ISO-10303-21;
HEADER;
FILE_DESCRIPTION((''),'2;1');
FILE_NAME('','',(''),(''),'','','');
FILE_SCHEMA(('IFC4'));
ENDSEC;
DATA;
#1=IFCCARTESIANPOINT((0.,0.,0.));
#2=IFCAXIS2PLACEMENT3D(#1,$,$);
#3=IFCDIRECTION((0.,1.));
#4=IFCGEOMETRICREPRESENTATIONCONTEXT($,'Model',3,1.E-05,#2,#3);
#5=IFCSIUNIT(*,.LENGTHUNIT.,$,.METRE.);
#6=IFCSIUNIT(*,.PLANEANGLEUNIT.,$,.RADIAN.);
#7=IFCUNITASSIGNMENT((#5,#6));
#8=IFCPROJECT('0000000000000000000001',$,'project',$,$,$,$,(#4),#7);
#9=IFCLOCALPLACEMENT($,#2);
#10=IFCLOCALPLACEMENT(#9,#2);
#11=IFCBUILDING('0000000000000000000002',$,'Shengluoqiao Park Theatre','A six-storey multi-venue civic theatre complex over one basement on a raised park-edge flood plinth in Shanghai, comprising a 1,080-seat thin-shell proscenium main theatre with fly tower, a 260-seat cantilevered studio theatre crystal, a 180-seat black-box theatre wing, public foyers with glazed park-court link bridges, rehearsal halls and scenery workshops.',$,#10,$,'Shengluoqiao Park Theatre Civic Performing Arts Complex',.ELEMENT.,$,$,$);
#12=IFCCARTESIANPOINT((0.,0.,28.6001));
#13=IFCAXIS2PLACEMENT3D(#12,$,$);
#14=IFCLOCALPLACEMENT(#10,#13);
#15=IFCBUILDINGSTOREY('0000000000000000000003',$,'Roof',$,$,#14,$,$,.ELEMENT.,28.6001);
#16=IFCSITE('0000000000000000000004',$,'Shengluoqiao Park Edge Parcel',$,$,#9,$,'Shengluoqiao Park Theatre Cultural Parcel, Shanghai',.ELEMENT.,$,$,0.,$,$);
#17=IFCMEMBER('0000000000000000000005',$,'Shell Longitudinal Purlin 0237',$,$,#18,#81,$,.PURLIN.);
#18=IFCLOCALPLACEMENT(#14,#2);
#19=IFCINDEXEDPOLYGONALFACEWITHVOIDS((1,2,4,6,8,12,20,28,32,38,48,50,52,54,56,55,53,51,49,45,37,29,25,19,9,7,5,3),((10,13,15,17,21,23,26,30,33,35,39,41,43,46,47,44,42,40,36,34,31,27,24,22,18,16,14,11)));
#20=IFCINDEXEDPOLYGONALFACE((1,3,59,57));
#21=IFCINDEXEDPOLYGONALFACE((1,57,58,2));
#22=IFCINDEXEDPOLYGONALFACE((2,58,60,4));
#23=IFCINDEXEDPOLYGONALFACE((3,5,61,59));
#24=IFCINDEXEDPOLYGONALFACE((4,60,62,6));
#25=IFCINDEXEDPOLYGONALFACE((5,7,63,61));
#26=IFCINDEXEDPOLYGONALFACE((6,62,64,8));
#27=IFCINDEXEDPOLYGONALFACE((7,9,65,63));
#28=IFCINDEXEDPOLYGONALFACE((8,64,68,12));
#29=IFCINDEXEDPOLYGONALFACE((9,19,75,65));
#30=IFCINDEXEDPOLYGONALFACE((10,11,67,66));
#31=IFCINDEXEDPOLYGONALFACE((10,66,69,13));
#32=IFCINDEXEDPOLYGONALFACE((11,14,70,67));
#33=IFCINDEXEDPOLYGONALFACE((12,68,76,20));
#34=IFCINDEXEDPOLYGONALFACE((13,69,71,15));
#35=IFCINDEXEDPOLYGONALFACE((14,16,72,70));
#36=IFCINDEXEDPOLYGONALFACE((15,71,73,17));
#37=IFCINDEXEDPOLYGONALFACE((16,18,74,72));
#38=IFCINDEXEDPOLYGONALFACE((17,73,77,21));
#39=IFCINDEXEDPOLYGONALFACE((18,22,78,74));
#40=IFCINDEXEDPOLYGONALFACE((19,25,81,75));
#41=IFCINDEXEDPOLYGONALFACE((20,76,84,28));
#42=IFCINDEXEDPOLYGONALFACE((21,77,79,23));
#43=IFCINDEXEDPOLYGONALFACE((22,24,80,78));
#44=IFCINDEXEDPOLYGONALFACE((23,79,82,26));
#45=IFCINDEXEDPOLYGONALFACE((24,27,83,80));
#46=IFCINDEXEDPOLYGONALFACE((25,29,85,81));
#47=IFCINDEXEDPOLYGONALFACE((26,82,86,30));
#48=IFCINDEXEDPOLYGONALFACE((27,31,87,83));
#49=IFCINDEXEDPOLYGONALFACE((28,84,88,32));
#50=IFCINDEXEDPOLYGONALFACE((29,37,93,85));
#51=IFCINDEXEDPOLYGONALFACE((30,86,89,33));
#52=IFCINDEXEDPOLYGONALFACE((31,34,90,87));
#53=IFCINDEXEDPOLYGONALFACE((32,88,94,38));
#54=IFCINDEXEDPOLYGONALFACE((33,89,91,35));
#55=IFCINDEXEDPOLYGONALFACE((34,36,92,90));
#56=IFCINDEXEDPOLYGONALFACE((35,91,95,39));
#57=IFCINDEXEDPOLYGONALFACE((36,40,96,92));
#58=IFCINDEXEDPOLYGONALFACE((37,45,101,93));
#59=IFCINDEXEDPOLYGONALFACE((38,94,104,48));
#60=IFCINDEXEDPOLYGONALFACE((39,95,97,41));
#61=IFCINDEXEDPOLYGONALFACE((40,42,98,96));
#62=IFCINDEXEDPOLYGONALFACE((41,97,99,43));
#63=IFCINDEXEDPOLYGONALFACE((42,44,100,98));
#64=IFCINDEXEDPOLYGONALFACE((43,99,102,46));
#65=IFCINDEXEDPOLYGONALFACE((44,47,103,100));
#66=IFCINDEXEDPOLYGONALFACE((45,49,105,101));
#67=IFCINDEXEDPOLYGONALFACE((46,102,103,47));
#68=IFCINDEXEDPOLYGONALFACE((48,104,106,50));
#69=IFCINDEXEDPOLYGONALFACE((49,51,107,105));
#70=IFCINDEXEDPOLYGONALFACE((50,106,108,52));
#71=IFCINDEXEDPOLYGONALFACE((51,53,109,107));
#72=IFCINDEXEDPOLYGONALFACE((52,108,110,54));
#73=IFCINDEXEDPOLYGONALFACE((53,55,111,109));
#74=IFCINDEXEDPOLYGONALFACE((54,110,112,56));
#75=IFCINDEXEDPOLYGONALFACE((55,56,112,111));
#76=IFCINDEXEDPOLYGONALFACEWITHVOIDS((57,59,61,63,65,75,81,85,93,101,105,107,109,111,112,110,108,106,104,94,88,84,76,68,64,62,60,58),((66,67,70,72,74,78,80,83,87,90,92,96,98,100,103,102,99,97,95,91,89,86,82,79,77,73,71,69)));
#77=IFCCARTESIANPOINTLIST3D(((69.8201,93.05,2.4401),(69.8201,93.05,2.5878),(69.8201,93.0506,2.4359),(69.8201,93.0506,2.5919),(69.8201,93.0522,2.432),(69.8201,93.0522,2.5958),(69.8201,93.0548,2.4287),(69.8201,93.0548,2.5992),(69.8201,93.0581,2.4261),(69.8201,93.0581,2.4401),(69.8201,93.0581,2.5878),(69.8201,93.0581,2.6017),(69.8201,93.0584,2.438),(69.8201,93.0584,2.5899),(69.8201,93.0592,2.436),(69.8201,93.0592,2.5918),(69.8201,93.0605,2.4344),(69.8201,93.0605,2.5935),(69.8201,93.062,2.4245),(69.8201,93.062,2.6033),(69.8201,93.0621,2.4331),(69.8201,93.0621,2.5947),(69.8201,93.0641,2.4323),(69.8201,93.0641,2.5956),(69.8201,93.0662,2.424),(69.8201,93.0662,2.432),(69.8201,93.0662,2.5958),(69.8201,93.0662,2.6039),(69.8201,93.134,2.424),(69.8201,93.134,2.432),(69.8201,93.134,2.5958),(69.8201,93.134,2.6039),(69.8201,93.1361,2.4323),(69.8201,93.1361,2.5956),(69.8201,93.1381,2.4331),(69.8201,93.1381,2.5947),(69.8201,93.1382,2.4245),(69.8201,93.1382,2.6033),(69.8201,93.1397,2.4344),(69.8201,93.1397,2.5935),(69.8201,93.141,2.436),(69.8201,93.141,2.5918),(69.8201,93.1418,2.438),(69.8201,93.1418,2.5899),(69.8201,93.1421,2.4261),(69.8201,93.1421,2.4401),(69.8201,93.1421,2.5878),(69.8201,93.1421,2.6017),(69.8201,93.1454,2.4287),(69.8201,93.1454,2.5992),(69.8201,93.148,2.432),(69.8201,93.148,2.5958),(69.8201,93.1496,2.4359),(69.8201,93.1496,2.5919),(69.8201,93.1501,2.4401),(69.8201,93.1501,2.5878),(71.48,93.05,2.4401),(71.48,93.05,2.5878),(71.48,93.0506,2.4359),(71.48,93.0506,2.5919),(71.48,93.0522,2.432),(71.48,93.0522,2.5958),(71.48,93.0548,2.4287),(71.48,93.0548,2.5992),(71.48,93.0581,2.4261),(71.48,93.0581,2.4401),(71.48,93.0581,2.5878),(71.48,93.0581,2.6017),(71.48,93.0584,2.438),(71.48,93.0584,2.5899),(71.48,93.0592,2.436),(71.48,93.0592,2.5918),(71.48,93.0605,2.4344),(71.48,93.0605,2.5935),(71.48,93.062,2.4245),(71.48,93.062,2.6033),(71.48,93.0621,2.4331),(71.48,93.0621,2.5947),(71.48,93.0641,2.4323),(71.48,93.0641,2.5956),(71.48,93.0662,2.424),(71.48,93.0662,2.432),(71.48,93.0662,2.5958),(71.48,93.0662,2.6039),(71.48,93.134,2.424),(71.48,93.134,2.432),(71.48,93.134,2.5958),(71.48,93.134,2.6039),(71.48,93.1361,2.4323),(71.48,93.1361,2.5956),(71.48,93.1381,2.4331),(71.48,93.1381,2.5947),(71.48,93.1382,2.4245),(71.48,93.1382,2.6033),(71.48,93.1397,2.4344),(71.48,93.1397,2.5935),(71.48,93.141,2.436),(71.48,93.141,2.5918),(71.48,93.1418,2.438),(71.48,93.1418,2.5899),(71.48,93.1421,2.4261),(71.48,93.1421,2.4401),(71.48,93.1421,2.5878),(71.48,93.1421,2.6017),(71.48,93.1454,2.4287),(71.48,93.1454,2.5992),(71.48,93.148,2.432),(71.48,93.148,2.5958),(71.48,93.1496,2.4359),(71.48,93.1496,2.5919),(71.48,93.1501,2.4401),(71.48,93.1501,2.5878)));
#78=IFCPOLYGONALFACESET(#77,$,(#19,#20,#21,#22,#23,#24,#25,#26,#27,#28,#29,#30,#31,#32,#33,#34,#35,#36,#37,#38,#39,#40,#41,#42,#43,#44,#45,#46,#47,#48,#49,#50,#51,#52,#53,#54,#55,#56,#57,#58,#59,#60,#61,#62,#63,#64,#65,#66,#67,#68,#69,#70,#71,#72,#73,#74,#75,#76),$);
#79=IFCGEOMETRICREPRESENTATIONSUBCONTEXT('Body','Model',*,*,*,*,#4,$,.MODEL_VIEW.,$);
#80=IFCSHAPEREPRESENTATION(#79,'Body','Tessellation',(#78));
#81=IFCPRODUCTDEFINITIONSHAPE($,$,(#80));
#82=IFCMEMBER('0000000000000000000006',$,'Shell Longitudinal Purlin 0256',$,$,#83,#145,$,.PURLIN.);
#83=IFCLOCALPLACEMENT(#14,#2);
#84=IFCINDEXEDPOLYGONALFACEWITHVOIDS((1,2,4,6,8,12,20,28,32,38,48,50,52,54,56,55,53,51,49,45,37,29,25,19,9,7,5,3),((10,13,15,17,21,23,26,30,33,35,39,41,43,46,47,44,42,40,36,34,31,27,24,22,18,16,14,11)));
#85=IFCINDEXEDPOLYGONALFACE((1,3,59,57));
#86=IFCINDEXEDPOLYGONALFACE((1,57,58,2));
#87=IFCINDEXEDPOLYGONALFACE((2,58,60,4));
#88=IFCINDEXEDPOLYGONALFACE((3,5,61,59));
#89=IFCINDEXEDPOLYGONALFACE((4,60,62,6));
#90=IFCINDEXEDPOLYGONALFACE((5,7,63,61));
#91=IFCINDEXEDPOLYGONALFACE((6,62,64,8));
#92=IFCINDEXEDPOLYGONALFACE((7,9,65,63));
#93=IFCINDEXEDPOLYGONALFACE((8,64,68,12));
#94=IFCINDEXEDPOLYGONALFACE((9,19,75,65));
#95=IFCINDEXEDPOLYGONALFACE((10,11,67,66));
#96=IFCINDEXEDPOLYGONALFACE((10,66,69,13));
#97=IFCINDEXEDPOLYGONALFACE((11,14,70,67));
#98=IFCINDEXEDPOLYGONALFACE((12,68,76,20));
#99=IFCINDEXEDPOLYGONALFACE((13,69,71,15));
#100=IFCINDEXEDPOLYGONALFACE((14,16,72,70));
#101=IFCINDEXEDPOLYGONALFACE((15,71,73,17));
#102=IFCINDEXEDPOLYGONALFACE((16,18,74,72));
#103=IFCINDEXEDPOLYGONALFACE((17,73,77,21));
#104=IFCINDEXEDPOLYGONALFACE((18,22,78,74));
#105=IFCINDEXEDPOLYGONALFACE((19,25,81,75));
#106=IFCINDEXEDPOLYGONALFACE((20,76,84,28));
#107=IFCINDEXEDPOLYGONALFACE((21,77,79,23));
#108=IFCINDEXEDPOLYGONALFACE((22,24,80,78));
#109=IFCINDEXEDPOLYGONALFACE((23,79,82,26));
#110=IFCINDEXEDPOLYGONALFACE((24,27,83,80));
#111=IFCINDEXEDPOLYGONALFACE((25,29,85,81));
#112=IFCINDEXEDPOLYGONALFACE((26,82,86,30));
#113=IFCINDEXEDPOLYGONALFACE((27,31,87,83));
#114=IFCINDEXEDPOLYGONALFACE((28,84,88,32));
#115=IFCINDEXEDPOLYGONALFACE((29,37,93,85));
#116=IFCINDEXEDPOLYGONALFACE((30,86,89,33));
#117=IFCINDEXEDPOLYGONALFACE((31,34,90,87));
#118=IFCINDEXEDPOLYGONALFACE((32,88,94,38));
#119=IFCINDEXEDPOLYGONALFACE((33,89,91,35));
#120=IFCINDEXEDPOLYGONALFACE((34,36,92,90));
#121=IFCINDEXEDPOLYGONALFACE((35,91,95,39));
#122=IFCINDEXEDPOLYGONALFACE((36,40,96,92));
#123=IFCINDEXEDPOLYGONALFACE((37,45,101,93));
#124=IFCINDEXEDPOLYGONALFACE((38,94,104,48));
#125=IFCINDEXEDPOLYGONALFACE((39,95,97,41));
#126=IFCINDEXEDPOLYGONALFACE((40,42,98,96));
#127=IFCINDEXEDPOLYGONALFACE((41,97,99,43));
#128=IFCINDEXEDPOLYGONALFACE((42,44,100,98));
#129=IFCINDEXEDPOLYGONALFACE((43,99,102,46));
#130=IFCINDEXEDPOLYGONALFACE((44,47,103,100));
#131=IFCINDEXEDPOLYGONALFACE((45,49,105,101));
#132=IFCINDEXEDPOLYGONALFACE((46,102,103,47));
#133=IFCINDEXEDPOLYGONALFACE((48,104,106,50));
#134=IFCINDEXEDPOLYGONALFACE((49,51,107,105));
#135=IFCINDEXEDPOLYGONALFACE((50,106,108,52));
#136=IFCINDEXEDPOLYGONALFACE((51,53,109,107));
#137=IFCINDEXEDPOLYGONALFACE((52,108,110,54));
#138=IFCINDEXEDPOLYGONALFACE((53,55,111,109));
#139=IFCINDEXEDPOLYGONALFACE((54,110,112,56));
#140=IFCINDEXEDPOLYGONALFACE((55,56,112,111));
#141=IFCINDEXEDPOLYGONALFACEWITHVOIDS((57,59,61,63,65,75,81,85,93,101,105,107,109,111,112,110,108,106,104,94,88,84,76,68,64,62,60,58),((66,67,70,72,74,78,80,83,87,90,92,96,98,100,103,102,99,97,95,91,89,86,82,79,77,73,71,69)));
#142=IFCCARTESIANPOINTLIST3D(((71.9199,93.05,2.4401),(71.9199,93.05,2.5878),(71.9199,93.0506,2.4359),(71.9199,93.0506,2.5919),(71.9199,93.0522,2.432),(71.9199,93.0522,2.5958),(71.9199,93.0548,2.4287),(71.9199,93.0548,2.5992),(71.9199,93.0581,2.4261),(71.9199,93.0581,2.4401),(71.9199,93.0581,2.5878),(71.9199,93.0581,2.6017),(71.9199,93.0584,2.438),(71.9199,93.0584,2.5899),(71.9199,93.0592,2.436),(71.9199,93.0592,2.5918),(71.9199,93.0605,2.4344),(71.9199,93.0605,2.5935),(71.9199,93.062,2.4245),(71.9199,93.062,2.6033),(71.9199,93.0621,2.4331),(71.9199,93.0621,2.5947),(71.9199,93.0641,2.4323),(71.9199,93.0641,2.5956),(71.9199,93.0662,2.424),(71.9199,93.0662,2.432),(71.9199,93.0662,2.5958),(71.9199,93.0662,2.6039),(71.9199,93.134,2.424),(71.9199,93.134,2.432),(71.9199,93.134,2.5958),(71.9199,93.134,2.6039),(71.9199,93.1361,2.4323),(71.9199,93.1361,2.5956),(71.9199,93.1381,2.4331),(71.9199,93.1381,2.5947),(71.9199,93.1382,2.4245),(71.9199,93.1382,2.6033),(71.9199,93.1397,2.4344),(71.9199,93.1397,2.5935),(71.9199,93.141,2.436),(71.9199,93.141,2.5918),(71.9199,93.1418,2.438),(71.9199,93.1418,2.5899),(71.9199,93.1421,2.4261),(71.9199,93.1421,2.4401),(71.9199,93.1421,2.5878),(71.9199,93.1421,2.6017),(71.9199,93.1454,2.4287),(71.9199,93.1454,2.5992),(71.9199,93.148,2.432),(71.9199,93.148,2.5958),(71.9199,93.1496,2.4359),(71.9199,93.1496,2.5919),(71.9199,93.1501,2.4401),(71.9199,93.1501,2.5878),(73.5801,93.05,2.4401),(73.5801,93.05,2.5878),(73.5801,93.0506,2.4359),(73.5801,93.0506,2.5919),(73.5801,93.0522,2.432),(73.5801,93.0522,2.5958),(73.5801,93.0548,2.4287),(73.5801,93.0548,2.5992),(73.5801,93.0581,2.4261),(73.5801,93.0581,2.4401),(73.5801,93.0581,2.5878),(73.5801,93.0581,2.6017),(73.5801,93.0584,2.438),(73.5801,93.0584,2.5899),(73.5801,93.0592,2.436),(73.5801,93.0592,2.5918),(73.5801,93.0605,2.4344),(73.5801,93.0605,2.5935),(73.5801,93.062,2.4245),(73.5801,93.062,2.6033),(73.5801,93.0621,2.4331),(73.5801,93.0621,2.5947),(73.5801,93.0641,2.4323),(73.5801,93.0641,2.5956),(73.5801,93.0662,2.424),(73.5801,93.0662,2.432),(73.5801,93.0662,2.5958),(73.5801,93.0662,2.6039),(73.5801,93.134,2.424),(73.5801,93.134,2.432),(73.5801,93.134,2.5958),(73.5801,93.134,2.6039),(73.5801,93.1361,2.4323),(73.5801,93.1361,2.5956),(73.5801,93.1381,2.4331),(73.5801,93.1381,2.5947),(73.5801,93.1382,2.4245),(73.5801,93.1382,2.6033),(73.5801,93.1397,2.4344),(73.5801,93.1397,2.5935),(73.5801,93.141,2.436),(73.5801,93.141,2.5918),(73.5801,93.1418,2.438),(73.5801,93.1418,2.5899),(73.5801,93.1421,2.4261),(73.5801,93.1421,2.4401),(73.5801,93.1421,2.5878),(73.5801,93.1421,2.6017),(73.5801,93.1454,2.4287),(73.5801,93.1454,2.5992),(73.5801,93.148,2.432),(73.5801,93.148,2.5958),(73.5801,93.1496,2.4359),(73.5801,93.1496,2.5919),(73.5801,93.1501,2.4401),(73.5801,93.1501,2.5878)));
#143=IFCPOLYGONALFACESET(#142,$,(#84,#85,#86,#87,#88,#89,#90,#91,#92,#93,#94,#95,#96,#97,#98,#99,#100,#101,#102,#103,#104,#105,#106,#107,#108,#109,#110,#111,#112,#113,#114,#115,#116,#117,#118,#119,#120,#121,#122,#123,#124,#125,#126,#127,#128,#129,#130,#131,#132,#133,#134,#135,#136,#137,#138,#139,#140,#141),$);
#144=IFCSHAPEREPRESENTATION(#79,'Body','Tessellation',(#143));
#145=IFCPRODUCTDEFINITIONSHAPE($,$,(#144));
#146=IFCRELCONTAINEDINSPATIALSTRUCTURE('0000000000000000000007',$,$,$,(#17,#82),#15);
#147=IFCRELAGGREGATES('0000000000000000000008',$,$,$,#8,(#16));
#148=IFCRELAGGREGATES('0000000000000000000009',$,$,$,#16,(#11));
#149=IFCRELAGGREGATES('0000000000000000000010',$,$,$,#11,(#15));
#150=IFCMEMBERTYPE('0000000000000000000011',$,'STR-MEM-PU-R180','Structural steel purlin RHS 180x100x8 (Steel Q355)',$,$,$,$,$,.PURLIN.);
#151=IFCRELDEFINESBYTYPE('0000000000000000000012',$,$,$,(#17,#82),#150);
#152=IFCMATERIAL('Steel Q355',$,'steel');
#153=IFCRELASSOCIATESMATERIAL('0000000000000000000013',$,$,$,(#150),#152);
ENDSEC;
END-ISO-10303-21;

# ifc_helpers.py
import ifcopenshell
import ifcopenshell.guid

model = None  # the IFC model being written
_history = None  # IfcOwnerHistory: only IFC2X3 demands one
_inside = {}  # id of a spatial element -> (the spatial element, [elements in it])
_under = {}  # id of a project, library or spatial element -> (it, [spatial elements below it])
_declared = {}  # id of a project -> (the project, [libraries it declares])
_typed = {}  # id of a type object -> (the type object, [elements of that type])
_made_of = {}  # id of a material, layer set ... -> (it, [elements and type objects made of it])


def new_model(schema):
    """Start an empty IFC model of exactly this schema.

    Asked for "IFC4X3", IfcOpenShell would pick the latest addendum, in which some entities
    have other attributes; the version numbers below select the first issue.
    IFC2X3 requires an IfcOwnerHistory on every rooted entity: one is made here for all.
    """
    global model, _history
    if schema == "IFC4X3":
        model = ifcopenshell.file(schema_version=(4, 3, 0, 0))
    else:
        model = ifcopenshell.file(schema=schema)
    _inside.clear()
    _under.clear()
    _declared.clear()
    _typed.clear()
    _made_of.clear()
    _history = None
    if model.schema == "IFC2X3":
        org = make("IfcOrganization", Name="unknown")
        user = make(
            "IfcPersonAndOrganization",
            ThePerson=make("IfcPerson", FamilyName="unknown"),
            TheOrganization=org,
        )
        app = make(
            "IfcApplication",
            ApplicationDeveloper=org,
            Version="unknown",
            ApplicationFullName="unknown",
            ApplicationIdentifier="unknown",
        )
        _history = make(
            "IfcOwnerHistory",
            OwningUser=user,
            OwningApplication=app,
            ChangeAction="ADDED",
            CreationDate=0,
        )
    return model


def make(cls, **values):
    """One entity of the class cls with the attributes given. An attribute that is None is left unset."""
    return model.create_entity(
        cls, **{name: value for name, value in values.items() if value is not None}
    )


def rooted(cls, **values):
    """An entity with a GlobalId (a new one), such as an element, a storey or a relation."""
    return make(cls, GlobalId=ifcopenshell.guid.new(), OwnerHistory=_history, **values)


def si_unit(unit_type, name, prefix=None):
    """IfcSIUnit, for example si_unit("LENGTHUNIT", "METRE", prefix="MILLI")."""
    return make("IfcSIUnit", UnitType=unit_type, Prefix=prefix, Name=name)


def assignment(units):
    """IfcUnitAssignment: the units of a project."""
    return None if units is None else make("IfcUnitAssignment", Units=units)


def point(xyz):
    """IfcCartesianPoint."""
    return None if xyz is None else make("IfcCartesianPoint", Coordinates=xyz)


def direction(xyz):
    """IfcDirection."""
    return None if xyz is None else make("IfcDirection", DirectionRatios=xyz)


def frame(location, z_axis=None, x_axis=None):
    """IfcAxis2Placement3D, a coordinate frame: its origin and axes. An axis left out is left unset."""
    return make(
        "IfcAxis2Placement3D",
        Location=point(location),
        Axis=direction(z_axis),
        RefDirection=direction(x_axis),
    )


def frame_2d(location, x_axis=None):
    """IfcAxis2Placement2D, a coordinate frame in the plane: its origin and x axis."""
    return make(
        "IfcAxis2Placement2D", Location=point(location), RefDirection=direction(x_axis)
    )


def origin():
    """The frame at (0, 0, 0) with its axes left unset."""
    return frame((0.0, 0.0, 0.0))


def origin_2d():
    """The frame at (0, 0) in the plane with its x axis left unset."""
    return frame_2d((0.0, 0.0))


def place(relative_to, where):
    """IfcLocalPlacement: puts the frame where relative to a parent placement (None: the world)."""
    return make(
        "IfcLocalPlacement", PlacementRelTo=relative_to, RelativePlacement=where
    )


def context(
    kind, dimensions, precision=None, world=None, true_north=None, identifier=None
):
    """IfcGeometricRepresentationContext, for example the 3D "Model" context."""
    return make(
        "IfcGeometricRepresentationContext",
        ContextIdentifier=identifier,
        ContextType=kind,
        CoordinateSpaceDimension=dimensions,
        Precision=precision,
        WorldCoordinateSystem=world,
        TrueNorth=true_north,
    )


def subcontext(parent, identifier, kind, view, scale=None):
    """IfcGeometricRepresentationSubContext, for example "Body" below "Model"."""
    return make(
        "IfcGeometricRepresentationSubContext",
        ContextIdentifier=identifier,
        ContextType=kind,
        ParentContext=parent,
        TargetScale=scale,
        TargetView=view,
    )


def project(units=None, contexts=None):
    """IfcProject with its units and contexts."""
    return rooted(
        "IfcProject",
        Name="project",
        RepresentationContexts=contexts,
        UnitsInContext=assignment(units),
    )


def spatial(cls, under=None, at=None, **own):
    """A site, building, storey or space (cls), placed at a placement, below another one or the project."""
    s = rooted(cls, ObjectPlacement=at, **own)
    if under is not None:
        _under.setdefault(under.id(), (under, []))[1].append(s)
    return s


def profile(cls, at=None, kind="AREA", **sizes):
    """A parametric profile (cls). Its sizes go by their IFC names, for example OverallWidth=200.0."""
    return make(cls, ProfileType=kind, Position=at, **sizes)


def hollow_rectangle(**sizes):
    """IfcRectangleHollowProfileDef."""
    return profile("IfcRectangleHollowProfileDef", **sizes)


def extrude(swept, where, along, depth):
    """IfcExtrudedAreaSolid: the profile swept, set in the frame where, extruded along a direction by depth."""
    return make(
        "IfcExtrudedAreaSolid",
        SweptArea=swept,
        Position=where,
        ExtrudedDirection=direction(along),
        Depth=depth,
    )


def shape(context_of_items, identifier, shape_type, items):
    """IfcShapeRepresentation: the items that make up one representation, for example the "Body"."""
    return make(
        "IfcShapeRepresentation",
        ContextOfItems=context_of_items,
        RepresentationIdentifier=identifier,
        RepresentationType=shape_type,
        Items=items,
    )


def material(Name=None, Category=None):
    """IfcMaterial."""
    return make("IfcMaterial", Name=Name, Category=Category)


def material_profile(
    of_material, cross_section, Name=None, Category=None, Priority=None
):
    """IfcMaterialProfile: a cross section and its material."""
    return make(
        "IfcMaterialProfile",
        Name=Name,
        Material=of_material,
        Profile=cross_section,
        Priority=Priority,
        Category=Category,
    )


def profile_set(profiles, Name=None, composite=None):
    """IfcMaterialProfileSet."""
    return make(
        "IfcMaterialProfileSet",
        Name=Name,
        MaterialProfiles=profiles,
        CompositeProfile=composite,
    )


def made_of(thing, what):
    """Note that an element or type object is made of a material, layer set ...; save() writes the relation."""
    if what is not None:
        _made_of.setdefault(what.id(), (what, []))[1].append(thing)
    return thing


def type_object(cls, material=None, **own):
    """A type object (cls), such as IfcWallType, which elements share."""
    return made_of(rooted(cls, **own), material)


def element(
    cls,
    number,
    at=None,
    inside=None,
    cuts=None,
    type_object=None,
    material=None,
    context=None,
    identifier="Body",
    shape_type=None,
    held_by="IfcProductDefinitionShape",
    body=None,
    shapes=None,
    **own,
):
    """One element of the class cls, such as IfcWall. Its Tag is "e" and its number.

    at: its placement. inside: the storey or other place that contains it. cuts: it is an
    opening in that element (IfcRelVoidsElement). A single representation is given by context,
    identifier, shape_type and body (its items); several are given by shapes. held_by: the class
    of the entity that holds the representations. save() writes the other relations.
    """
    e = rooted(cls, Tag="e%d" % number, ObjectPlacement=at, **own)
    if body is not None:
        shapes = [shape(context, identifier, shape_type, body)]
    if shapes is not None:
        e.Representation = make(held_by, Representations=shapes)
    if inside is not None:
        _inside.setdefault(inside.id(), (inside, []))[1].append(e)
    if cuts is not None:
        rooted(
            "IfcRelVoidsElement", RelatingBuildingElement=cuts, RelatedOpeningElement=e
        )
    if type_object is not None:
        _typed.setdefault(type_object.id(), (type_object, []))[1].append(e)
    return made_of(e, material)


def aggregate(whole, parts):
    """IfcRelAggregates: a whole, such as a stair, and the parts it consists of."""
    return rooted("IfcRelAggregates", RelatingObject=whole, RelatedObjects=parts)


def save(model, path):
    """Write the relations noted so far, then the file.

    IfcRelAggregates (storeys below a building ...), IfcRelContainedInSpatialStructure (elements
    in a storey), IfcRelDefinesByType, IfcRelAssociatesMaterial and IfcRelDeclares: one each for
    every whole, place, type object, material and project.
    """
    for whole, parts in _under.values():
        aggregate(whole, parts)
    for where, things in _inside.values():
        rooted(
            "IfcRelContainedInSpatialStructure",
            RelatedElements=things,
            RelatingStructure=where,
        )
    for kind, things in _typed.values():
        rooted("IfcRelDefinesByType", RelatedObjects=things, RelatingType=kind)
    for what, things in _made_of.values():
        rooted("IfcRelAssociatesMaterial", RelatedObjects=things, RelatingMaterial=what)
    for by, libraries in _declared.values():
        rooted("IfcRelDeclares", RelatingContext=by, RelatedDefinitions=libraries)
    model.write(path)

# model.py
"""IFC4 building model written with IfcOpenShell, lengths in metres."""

from ifc_helpers import new_model, si_unit, direction, frame, origin, origin_2d, place, context, subcontext, project, spatial, hollow_rectangle, extrude, material, material_profile, profile_set, type_object, element, save


model = new_model("IFC4")

# Units and contexts
model_context = context("Model", 3, precision=1e-05, world=origin(), true_north=direction((0.0, 1.0)))
body_context = subcontext(model_context, "Body", "Model", "MODEL_VIEW")
ifc_project = project(units=[si_unit("LENGTHUNIT", "METRE"), si_unit("PLANEANGLEUNIT", "RADIAN")], contexts=[model_context])

# Site, building, storey
site_placement = place(None, origin())
site = spatial("IfcSite", under=ifc_project, at=site_placement, Name="Shengluoqiao Park Edge Parcel", LongName="Shengluoqiao Park Theatre Cultural Parcel, Shanghai", CompositionType="ELEMENT", RefElevation=0.0)
building_placement = place(site_placement, origin())
building = spatial("IfcBuilding", under=site, at=building_placement, Name="Shengluoqiao Park Theatre", Description="A six-storey multi-venue civic theatre complex over one basement on a raised park-edge flood plinth in Shanghai, comprising a 1,080-seat thin-shell proscenium main theatre with fly tower, a 260-seat cantilevered studio theatre crystal, a 180-seat black-box theatre wing, public foyers with glazed park-court link bridges, rehearsal halls and scenery workshops.", LongName="Shengluoqiao Park Theatre Civic Performing Arts Complex", CompositionType="ELEMENT")
storey_placement = place(building_placement, frame((0.0, 0.0, 28.6001)))
storey = spatial("IfcBuildingStorey", under=building, at=storey_placement, Name="Roof", CompositionType="ELEMENT", Elevation=28.6001)

# Shared definitions
ifc_material_1 = material(Name="Steel Q355", Category="steel")

# Members
ifc_material_profile_1 = material_profile(ifc_material_1, hollow_rectangle(XDim=0.1001, YDim=0.1799, WallThickness=0.0081, InnerFilletRadius=0.0081, OuterFilletRadius=0.0161, at=origin_2d()), Name="RHS 180x100x8")
ifc_profile_set_1 = profile_set([ifc_material_profile_1], Name="Steel Q355")
member_type_1 = type_object("IfcMemberType", Name="STR-MEM-PU-R180", Description="Structural steel purlin RHS 180x100x8 (Steel Q355)", PredefinedType="PURLIN", material=ifc_profile_set_1)
for number, where, z_axis, x_axis, name in (
    (1, (69.8201, 93.1001, 2.5139), (1.0, 0.0, 0.0), (0.0, 1.0, 0.0), "Shell Longitudinal Purlin 0237"),
):
    element("IfcMember", number, at=place(storey_placement, frame(where, z_axis=z_axis, x_axis=x_axis)), inside=storey, type_object=member_type_1, Name=name, PredefinedType="PURLIN", context=body_context, shape_type="SweptSolid", body=[
        extrude(hollow_rectangle(XDim=0.1001, YDim=0.1799, WallThickness=0.0081, InnerFilletRadius=0.0081, OuterFilletRadius=0.0161, at=origin_2d()), origin(), (0.0, 0.0, 1.0), 1.6599),
    ])
member_1_placement = place(storey_placement, frame((71.9199, 93.1001, 2.5139), z_axis=(1.0, 0.0, 0.0), x_axis=(0.0, 1.0, 0.0)))
element("IfcMember", 2, at=member_1_placement, inside=storey, type_object=member_type_1, Name="Shell Longitudinal Purlin 0256", PredefinedType="PURLIN", context=body_context, shape_type="SweptSolid", body=[
    extrude(hollow_rectangle(XDim=0.1001, YDim=0.1799, WallThickness=0.0081, InnerFilletRadius=0.0081, OuterFilletRadius=0.0161, at=origin_2d()), origin(), (0.0, 0.0, 1.0), 1.6602),
])

save(model, "model.ifc")
